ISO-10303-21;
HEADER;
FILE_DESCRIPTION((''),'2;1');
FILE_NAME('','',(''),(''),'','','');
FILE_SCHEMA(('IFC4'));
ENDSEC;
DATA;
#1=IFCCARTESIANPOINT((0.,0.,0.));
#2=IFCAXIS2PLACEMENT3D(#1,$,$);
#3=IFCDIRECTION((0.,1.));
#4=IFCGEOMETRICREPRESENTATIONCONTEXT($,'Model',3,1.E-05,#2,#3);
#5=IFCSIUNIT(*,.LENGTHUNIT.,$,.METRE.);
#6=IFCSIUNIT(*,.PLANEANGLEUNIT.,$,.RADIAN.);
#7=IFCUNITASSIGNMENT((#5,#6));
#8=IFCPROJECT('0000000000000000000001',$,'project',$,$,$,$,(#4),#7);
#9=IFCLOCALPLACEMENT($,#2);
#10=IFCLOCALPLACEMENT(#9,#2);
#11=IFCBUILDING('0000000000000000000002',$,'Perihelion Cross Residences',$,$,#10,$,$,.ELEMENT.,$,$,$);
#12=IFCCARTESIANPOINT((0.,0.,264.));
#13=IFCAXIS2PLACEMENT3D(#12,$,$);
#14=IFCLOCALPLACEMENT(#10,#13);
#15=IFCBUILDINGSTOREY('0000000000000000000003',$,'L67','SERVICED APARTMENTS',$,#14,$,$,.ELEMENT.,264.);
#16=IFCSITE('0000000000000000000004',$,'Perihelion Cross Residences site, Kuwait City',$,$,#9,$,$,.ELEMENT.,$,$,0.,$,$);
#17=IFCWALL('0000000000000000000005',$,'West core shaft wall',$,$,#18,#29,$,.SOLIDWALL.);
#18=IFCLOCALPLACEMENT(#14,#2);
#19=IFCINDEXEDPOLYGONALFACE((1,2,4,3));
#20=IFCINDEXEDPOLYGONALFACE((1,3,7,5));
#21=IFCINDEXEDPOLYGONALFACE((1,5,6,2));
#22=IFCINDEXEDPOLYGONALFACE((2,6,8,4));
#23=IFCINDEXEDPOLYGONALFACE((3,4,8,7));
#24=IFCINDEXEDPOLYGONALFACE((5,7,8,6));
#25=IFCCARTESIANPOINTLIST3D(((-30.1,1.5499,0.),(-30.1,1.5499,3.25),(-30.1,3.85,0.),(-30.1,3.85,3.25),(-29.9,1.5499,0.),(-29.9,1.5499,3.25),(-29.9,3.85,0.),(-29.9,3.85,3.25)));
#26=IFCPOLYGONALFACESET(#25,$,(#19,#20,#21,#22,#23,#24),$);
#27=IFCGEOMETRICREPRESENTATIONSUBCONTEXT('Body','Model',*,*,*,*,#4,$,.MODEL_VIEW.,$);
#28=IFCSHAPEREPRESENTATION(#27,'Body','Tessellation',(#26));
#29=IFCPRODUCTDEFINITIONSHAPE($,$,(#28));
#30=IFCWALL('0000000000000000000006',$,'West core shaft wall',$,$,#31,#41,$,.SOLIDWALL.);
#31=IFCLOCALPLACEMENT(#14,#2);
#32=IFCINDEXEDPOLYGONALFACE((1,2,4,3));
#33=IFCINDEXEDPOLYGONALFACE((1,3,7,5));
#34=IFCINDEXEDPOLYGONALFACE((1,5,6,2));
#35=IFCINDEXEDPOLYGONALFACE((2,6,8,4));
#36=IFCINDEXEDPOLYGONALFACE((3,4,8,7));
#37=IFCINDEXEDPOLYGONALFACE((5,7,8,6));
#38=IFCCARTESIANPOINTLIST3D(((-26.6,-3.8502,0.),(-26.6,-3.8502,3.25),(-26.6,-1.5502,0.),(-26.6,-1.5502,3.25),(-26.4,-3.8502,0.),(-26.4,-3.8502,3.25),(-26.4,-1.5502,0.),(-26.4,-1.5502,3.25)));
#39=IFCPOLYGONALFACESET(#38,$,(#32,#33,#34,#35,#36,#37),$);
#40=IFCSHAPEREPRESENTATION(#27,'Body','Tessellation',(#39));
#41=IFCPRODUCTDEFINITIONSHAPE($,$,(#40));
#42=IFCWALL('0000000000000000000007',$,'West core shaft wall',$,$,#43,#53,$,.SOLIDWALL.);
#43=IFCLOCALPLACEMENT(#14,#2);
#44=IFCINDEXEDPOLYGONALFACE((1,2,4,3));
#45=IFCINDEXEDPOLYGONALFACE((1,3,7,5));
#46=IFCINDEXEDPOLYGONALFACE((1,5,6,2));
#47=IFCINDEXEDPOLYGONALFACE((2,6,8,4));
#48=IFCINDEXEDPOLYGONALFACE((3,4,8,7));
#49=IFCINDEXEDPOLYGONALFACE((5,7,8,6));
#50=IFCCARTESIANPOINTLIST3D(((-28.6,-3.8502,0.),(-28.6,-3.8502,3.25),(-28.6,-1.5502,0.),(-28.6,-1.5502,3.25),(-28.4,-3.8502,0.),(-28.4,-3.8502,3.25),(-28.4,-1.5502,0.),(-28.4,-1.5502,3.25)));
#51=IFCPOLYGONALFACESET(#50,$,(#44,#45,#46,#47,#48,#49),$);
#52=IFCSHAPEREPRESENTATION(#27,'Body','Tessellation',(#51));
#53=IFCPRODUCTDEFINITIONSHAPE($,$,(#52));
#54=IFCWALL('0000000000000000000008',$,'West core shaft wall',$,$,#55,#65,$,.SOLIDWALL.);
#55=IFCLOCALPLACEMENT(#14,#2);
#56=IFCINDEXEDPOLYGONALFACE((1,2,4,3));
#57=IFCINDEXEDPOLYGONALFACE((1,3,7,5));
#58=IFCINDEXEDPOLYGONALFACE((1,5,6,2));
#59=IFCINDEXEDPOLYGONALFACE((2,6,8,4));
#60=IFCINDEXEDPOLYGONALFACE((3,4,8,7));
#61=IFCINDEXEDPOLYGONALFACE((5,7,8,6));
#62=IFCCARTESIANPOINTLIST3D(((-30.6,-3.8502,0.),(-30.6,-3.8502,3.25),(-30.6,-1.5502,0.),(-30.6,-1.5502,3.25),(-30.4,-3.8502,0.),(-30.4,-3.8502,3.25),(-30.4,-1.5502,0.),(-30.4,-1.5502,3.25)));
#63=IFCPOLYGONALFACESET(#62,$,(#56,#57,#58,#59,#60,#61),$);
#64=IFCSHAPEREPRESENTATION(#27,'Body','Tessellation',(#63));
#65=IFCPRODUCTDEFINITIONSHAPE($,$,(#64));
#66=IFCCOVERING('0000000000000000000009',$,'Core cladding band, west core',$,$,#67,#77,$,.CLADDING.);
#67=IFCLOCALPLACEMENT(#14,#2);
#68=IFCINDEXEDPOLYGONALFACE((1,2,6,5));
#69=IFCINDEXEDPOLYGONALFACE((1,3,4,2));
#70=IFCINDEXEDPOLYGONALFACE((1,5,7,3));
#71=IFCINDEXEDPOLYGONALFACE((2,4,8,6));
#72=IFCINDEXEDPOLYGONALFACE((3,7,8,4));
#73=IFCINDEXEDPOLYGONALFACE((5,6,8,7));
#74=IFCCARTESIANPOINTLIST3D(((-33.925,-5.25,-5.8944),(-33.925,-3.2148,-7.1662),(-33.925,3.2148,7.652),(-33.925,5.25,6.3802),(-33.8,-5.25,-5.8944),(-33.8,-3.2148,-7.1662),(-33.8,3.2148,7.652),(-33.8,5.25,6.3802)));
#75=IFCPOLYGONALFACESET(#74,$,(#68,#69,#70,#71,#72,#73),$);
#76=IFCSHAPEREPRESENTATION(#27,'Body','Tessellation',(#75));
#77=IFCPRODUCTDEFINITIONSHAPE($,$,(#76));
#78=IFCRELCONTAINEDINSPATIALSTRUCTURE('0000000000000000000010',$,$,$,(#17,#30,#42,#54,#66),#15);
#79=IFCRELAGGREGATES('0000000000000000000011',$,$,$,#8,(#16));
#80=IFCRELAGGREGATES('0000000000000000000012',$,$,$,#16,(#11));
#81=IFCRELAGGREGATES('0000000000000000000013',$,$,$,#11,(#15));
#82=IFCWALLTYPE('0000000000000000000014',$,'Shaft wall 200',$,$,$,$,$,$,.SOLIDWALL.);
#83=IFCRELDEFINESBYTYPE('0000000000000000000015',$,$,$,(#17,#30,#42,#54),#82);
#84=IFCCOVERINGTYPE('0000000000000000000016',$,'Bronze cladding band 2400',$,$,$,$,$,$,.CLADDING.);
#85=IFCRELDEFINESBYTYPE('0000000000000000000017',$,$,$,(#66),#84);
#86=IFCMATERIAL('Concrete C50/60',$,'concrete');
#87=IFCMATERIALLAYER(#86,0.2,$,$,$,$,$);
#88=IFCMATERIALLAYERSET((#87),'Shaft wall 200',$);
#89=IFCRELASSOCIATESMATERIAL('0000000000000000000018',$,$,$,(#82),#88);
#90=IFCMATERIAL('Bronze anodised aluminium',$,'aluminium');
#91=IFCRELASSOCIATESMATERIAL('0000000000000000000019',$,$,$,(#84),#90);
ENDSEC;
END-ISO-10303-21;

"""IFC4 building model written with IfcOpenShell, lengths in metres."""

from ifc_helpers import new_model, si_unit, direction, frame, frame_2d, origin, origin_2d, place, context, subcontext, project, spatial, rectangle, extrude, material, layer, layer_set, material_profile, profile_set, type_object, element, save


model = new_model("IFC4")

# Units and contexts
model_context = context("Model", 3, precision=1e-05, world=origin(), true_north=direction((0.0, 1.0)))
body_context = subcontext(model_context, "Body", "Model", "MODEL_VIEW")
ifc_project = project(units=[si_unit("LENGTHUNIT", "METRE"), si_unit("PLANEANGLEUNIT", "RADIAN")], contexts=[model_context])

# Site, building, storey
site_placement = place(None, origin())
site = spatial("IfcSite", under=ifc_project, at=site_placement, Name="Perihelion Cross Residences site, Kuwait City", CompositionType="ELEMENT", RefElevation=0.0)
building_placement = place(site_placement, origin())
building = spatial("IfcBuilding", under=site, at=building_placement, Name="Perihelion Cross Residences", CompositionType="ELEMENT")
storey_placement = place(building_placement, frame((0.0, 0.0, 264.0)))
storey = spatial("IfcBuildingStorey", under=building, at=storey_placement, Name="L67", Description="SERVICED APARTMENTS", CompositionType="ELEMENT", Elevation=264.0)

# Shared definitions
ifc_material_1 = material(Name="Concrete C50/60", Category="concrete")
ifc_layer_1 = layer(ifc_material_1, 0.2)
ifc_layer_set_1 = layer_set([ifc_layer_1], Name="Shaft wall 200")
wall_type_1 = type_object("IfcWallType", Name="Shaft wall 200", PredefinedType="SOLIDWALL", material=ifc_layer_set_1)

# Walls
for number, where, z_axis, x_axis, name in (
    (1, (-30.0, 1.55, 0.0), (0.0, 0.0, 1.0), (0.0, 1.0, 0.0), "West core shaft wall"),
    (2, (-26.5, -3.8501, 0.0), (0.0, 0.0, 1.0), (0.0, 1.0, 0.0), "West core shaft wall"),
    (3, (-28.5, -3.8501, 0.0), (0.0, 0.0, 1.0), (0.0, 1.0, 0.0), "West core shaft wall"),
    (4, (-30.5, -3.8501, 0.0), (0.0, 0.0, 1.0), (0.0, 1.0, 0.0), "West core shaft wall"),
):
    element("IfcWall", number, at=place(storey_placement, frame(where, z_axis=z_axis, x_axis=x_axis)), inside=storey, type_object=wall_type_1, Name=name, PredefinedType="SOLIDWALL", context=body_context, shape_type="SweptSolid", body=[
        extrude(rectangle(XDim=2.3, YDim=0.2, at=frame_2d((1.1499, 0.0))), origin(), (0.0, 0.0, 1.0), 3.25),
    ])

# Covering
ifc_material_2 = material(Name="Bronze anodised aluminium", Category="aluminium")
ifc_material_profile = material_profile(ifc_material_2, rectangle(XDim=0.125, YDim=2.3999, at=origin_2d()), Name="Bronze cladding band 2400")
ifc_profile_set = profile_set([ifc_material_profile], Name="Bronze anodised aluminium")
covering_type = type_object("IfcCoveringType", Name="Bronze cladding band 2400", PredefinedType="CLADDING", material=ifc_profile_set)
covering_placement = place(storey_placement, frame((-33.8625, -4.2324, -6.5303), z_axis=(0.0, 0.529925, 0.848045), x_axis=(-1.0, 0.0, 0.0)))
element("IfcCovering", 5, at=covering_placement, inside=storey, type_object=covering_type, Name="Core cladding band, west core", PredefinedType="CLADDING", context=body_context, shape_type="SweptSolid", body=[
    extrude(rectangle(XDim=0.125, YDim=2.3999, at=origin_2d()), origin(), (0.0, 0.0, 1.0), 15.9736),
])

save(model, "model.ifc")
